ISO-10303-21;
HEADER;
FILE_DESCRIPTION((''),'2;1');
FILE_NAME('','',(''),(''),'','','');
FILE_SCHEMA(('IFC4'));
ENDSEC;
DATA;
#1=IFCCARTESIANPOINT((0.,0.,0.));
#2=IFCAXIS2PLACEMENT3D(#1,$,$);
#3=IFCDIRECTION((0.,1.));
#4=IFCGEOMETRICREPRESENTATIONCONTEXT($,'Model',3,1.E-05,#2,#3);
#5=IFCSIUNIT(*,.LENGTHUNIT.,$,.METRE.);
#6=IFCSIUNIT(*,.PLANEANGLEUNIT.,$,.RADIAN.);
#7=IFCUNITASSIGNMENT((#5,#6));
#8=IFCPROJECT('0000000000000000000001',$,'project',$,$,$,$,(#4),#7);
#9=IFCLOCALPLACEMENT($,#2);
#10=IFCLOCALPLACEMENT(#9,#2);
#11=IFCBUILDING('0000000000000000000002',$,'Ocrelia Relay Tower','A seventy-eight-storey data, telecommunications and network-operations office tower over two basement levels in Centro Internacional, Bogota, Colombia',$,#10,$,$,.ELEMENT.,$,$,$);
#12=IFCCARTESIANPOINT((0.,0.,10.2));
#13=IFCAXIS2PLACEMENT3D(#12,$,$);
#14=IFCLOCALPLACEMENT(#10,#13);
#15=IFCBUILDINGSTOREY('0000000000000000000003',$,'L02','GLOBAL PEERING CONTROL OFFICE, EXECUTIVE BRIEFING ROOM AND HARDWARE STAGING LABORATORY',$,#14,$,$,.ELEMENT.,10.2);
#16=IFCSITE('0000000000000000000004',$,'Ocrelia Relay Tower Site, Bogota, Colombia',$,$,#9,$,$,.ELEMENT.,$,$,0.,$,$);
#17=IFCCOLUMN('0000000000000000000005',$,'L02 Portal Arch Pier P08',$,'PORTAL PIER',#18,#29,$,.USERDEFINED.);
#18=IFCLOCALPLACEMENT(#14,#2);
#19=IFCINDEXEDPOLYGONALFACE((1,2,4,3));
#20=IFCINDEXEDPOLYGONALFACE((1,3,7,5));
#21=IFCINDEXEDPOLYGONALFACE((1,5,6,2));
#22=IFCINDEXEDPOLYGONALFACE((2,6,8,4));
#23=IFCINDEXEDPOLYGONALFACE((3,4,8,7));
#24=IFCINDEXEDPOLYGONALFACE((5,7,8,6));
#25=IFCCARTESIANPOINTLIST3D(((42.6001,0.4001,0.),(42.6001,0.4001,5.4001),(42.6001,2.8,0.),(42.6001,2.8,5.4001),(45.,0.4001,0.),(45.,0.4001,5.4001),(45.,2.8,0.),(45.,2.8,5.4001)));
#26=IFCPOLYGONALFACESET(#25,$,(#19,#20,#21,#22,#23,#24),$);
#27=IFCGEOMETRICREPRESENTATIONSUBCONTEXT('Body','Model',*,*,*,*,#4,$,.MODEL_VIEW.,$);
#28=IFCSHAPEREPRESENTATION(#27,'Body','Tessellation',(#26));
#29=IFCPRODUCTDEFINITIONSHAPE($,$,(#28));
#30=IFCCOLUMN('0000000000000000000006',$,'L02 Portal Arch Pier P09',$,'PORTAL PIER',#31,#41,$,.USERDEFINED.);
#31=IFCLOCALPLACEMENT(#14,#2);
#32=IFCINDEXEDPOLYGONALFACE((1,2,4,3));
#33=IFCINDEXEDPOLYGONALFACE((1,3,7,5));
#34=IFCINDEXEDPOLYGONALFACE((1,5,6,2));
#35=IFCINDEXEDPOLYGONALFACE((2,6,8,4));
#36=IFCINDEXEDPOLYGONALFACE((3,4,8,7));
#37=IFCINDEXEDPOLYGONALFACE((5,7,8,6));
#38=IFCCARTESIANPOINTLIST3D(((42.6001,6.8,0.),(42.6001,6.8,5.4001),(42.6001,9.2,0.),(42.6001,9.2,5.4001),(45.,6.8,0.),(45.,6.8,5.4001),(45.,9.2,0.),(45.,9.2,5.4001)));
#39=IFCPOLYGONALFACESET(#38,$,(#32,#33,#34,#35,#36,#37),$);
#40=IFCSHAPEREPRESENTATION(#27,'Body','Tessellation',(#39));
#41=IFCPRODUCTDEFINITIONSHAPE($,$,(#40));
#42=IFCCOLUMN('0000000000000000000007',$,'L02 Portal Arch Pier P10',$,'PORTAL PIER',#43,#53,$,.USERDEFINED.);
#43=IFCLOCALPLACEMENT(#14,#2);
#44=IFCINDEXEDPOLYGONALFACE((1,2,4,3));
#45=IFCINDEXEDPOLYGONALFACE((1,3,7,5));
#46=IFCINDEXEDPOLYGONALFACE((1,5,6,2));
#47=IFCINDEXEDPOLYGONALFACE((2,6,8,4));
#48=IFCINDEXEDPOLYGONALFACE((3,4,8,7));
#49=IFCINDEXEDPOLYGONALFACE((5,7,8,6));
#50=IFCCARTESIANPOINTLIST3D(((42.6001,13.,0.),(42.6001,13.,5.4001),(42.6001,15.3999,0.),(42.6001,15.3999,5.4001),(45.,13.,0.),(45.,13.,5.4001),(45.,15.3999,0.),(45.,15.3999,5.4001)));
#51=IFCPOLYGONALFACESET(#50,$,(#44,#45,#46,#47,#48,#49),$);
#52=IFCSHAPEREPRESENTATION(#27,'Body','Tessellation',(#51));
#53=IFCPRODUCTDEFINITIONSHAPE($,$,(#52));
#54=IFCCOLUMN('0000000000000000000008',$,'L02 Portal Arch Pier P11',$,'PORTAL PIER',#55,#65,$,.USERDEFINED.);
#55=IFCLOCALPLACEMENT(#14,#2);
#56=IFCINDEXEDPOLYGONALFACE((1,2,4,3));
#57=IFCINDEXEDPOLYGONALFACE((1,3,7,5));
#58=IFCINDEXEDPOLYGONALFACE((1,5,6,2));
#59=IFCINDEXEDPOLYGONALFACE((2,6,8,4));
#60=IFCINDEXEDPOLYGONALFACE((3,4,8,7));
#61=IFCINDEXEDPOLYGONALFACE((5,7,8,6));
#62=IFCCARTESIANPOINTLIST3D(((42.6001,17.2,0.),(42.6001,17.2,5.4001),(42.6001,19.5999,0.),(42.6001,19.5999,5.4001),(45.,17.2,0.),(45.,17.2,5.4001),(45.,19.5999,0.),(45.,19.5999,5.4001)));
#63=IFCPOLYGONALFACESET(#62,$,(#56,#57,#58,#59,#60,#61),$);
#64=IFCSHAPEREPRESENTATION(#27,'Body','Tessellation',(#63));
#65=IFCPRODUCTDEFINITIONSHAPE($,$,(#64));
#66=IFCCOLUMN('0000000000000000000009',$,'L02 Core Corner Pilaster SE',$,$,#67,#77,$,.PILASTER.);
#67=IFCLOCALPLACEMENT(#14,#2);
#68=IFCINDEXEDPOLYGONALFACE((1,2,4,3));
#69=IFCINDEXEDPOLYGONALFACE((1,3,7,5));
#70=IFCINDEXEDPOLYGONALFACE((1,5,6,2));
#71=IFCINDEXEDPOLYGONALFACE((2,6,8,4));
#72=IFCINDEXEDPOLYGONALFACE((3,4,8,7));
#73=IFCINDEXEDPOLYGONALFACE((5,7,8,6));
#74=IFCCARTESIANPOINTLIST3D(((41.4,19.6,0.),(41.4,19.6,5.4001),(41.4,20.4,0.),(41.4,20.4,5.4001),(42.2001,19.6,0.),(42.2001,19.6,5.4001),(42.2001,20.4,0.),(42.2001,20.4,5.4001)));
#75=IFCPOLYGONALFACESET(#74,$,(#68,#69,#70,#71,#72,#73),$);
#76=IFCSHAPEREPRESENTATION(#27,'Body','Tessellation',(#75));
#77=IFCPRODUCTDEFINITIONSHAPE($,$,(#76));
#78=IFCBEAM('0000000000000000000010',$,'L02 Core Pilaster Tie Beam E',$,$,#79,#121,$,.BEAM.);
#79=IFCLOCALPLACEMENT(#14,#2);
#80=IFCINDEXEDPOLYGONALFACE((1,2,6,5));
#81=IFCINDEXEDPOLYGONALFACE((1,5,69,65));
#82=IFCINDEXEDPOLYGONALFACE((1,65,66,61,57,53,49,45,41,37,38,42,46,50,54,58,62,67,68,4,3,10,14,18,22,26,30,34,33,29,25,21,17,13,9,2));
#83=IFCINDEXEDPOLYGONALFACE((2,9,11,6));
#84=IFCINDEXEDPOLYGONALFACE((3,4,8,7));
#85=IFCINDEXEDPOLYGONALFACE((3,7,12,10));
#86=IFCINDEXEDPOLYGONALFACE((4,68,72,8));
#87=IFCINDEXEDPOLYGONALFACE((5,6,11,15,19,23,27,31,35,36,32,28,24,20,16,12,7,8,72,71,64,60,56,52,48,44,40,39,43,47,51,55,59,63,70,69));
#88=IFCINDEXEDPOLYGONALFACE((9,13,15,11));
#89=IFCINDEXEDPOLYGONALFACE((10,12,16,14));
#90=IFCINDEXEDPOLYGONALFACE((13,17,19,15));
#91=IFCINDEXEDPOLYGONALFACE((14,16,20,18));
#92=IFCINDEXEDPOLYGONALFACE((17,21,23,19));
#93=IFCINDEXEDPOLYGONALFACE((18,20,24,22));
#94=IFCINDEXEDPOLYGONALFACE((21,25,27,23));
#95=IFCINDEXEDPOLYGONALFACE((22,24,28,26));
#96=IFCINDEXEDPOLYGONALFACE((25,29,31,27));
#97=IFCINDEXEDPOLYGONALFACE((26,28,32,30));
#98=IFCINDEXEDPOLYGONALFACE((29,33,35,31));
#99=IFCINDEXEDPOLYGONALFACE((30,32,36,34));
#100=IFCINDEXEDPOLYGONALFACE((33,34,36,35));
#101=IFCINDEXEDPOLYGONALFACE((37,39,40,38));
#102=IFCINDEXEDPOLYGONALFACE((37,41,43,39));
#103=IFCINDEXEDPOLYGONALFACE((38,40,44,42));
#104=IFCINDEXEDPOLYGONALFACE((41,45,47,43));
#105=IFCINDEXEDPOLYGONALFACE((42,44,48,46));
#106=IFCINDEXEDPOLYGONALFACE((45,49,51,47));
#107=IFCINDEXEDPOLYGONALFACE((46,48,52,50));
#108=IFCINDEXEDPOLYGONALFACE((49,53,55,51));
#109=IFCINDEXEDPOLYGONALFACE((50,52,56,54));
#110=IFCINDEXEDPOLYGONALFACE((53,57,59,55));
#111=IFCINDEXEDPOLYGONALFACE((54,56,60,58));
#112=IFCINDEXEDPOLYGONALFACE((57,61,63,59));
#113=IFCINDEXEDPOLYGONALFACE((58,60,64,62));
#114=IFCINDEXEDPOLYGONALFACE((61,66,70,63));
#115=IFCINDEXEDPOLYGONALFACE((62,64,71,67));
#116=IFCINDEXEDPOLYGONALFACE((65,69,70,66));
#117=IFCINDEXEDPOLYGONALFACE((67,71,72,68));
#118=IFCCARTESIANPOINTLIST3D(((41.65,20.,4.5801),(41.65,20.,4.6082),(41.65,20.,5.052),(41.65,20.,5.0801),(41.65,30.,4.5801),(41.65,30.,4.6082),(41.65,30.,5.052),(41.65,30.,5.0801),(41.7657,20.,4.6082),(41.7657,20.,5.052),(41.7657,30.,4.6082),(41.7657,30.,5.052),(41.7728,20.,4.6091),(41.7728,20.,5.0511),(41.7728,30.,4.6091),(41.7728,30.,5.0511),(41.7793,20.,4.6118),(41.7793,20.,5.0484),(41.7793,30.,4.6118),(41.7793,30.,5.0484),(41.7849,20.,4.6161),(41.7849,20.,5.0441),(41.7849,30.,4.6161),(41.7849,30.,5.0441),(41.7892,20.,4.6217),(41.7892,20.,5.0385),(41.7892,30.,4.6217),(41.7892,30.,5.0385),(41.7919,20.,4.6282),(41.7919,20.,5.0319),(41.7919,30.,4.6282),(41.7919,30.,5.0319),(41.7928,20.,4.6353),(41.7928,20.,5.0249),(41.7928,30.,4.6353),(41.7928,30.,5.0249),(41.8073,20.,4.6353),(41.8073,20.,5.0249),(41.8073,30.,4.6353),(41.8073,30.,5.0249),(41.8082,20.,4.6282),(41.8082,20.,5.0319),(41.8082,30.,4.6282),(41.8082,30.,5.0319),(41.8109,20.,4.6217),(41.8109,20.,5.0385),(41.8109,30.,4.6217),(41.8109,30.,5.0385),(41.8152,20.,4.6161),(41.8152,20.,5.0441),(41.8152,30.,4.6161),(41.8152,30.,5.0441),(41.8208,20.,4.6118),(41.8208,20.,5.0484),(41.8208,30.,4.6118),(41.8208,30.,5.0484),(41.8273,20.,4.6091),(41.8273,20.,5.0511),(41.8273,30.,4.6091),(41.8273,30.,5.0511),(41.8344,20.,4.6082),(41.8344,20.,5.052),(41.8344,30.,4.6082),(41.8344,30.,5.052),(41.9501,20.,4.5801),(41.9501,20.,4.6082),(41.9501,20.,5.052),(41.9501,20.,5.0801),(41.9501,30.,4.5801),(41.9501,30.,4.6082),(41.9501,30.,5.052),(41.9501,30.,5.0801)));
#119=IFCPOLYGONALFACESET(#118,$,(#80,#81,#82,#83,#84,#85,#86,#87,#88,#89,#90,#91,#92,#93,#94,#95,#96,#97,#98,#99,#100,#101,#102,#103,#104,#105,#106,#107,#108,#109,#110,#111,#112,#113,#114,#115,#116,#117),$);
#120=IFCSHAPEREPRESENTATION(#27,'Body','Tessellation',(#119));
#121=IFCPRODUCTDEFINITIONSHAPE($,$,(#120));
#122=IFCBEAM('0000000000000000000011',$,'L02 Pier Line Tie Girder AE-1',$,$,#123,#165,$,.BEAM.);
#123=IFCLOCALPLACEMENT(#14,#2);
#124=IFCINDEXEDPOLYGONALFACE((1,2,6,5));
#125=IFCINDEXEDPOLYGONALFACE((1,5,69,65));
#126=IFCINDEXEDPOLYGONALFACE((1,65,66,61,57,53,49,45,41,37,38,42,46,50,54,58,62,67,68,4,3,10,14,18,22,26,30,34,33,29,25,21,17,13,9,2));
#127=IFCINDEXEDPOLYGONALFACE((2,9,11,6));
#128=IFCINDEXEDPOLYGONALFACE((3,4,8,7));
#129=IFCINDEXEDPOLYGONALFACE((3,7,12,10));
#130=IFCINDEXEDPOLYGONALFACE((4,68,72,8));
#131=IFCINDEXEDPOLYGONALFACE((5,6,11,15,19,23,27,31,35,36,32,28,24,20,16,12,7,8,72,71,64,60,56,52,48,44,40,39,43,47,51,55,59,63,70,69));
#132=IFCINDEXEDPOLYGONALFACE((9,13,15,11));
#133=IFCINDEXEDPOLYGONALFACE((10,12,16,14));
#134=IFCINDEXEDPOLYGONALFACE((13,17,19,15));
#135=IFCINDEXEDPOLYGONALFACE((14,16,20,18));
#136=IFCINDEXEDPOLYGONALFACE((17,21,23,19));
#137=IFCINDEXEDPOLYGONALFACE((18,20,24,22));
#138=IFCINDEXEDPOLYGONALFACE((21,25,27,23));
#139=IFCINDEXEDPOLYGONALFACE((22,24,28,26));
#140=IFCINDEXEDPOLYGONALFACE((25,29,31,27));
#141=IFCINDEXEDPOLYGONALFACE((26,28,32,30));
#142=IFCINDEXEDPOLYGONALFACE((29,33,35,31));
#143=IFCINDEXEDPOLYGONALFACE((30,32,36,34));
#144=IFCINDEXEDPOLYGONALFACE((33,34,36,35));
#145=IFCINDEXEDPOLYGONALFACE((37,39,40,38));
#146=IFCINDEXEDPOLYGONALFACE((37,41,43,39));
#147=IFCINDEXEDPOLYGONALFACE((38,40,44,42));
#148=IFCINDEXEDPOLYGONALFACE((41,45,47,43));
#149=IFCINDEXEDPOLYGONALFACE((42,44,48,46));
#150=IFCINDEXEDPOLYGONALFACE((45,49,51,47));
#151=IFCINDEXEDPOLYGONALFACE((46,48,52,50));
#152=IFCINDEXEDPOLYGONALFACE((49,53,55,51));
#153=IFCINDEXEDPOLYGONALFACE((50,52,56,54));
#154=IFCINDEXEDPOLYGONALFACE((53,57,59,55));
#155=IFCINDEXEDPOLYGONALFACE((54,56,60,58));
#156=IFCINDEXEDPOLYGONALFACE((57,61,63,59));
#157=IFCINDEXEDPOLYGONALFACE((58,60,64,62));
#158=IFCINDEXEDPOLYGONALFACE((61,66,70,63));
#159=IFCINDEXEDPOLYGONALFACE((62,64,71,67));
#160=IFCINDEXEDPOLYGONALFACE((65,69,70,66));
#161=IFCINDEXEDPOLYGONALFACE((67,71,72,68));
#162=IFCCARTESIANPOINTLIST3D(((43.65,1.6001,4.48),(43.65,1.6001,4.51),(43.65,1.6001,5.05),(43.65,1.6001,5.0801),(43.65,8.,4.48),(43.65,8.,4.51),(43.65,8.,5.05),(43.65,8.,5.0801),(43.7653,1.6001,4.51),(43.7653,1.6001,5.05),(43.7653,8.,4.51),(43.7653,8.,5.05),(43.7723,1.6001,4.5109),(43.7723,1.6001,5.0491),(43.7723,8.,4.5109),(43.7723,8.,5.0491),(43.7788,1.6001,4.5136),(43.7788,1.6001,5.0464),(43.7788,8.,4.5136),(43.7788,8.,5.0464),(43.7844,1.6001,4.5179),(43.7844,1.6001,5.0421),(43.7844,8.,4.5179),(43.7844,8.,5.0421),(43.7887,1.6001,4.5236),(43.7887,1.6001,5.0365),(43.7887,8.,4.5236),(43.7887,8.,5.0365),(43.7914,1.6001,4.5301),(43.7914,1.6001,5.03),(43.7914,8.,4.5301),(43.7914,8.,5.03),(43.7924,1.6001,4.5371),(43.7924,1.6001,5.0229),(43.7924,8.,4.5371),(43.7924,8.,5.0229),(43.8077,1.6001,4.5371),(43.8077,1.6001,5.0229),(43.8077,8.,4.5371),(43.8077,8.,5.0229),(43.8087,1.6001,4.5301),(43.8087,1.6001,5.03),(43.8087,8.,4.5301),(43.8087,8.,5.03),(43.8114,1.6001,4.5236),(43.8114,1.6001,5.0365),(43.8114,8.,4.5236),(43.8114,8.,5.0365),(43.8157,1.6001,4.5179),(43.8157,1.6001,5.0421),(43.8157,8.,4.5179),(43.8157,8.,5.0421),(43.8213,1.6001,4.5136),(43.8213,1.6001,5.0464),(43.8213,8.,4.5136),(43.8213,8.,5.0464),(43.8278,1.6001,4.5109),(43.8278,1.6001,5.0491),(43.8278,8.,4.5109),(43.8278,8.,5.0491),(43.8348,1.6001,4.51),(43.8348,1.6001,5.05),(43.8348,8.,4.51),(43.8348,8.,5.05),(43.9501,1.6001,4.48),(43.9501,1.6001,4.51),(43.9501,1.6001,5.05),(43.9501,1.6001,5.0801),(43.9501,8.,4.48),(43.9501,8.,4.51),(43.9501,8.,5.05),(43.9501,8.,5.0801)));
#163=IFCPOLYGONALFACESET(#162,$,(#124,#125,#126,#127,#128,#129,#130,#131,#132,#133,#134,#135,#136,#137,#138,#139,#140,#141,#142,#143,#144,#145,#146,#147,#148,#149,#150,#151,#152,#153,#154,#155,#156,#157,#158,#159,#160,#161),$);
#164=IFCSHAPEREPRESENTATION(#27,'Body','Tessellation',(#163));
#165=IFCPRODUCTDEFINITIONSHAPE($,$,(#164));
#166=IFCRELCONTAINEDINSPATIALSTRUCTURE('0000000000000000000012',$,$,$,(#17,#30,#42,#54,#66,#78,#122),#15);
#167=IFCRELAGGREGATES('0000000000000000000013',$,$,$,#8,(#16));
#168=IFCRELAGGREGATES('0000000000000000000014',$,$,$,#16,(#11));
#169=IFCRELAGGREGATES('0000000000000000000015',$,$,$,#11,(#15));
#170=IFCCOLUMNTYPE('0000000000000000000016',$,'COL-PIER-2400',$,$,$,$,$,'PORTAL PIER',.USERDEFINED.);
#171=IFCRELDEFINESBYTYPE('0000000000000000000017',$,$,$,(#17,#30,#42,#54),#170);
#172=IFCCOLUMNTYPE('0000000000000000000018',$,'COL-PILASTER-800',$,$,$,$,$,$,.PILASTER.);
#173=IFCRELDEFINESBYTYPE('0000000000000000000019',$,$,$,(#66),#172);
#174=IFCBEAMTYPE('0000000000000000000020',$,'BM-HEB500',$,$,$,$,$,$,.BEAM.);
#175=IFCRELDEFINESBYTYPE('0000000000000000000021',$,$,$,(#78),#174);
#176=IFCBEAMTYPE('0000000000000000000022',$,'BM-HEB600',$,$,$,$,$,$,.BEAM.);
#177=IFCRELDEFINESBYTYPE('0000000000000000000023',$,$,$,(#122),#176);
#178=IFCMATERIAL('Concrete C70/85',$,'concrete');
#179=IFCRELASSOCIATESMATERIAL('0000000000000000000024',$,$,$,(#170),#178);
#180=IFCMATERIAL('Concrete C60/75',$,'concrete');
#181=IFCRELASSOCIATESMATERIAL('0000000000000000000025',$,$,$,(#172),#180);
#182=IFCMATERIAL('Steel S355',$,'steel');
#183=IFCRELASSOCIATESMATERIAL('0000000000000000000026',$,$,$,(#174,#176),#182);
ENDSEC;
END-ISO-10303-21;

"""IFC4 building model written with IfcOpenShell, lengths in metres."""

from ifc_helpers import new_model, si_unit, direction, frame, origin, origin_2d, place, context, subcontext, project, spatial, rectangle, i_section, extrude, material, material_profile, profile_set, type_object, element, save


model = new_model("IFC4")

# Units and contexts
model_context = context("Model", 3, precision=1e-05, world=origin(), true_north=direction((0.0, 1.0)))
body_context = subcontext(model_context, "Body", "Model", "MODEL_VIEW")
ifc_project = project(units=[si_unit("LENGTHUNIT", "METRE"), si_unit("PLANEANGLEUNIT", "RADIAN")], contexts=[model_context])

# Site, building, storey
site_placement = place(None, origin())
site = spatial("IfcSite", under=ifc_project, at=site_placement, Name="Ocrelia Relay Tower Site, Bogota, Colombia", CompositionType="ELEMENT", RefElevation=0.0)
building_placement = place(site_placement, origin())
building = spatial("IfcBuilding", under=site, at=building_placement, Name="Ocrelia Relay Tower", Description="A seventy-eight-storey data, telecommunications and network-operations office tower over two basement levels in Centro Internacional, Bogota, Colombia", CompositionType="ELEMENT")
storey_placement = place(building_placement, frame((0.0, 0.0, 10.2)))
storey = spatial("IfcBuildingStorey", under=building, at=storey_placement, Name="L02", Description="GLOBAL PEERING CONTROL OFFICE, EXECUTIVE BRIEFING ROOM AND HARDWARE STAGING LABORATORY", CompositionType="ELEMENT", Elevation=10.2)

# Columns
ifc_material_1 = material(Name="Concrete C70/85", Category="concrete")
ifc_material_profile_1 = material_profile(ifc_material_1, rectangle(XDim=2.3999, YDim=2.3999, at=origin_2d()), Name="RC-PIER-2400x2400")
ifc_profile_set_1 = profile_set([ifc_material_profile_1], Name="Concrete C70/85")
column_type_1 = type_object("IfcColumnType", Name="COL-PIER-2400", ElementType="PORTAL PIER", PredefinedType="USERDEFINED", material=ifc_profile_set_1)
for number, where, z_axis, x_axis, name in (
    (1, (43.8, 1.6001, 0.0), (0.0, 0.0, 1.0), (1.0, 0.0, 0.0), "L02 Portal Arch Pier P08"),
    (2, (43.8, 8.0, 0.0), (0.0, 0.0, 1.0), (1.0, 0.0, 0.0), "L02 Portal Arch Pier P09"),
    (3, (43.8, 14.2, 0.0), (0.0, 0.0, 1.0), (1.0, 0.0, 0.0), "L02 Portal Arch Pier P10"),
    (4, (43.8, 18.3999, 0.0), (0.0, 0.0, 1.0), (1.0, 0.0, 0.0), "L02 Portal Arch Pier P11"),
):
    element("IfcColumn", number, at=place(storey_placement, frame(where, z_axis=z_axis, x_axis=x_axis)), inside=storey, type_object=column_type_1, Name=name, ObjectType="PORTAL PIER", PredefinedType="USERDEFINED", context=body_context, shape_type="SweptSolid", body=[
        extrude(rectangle(XDim=2.3999, YDim=2.3999, at=origin_2d()), origin(), (0.0, 0.0, 1.0), 5.4001),
    ])
ifc_material_2 = material(Name="Concrete C60/75", Category="concrete")
ifc_material_profile_2 = material_profile(ifc_material_2, rectangle(XDim=0.8, YDim=0.8, at=origin_2d()), Name="RC-COL-800x800")
ifc_profile_set_2 = profile_set([ifc_material_profile_2], Name="Concrete C60/75")
column_type_2 = type_object("IfcColumnType", Name="COL-PILASTER-800", PredefinedType="PILASTER", material=ifc_profile_set_2)
column_placement = place(storey_placement, frame((41.8, 20.0, 0.0), z_axis=(0.0, 0.0, 1.0), x_axis=(1.0, 0.0, 0.0)))
element("IfcColumn", 5, at=column_placement, inside=storey, type_object=column_type_2, Name="L02 Core Corner Pilaster SE", PredefinedType="PILASTER", context=body_context, shape_type="SweptSolid", body=[
    extrude(rectangle(XDim=0.8, YDim=0.8, at=origin_2d()), origin(), (0.0, 0.0, 1.0), 5.4001),
])

# Beams
ifc_material_3 = material(Name="Steel S355", Category="steel")
ifc_material_profile_3 = material_profile(ifc_material_3, i_section(OverallWidth=0.3, OverallDepth=0.5, WebThickness=0.0144, FlangeThickness=0.0281, FilletRadius=0.0271, at=origin_2d()), Name="HEB 500")
ifc_profile_set_3 = profile_set([ifc_material_profile_3], Name="Steel S355")
beam_type_1 = type_object("IfcBeamType", Name="BM-HEB500", PredefinedType="BEAM", material=ifc_profile_set_3)
beam_1_placement = place(storey_placement, frame((41.8, 20.0, 4.8301), z_axis=(0.0, 1.0, 0.0), x_axis=(-1.0, 0.0, 0.0)))
element("IfcBeam", 6, at=beam_1_placement, inside=storey, type_object=beam_type_1, Name="L02 Core Pilaster Tie Beam E", PredefinedType="BEAM", context=body_context, shape_type="SweptSolid", body=[
    extrude(i_section(OverallWidth=0.3, OverallDepth=0.5, WebThickness=0.0144, FlangeThickness=0.0281, FilletRadius=0.0271, at=origin_2d()), origin(), (0.0, 0.0, 1.0), 10.0),
])
ifc_material_profile_4 = material_profile(ifc_material_3, i_section(OverallWidth=0.3, OverallDepth=0.6001, WebThickness=0.0154, FlangeThickness=0.03, FilletRadius=0.0271, at=origin_2d()), Name="HEB 600")
ifc_profile_set_4 = profile_set([ifc_material_profile_4], Name="Steel S355")
beam_type_2 = type_object("IfcBeamType", Name="BM-HEB600", PredefinedType="BEAM", material=ifc_profile_set_4)
beam_2_placement = place(storey_placement, frame((43.8, 1.6001, 4.78), z_axis=(0.0, 1.0, 0.0), x_axis=(-1.0, 0.0, 0.0)))
element("IfcBeam", 7, at=beam_2_placement, inside=storey, type_object=beam_type_2, Name="L02 Pier Line Tie Girder AE-1", PredefinedType="BEAM", context=body_context, shape_type="SweptSolid", body=[
    extrude(i_section(OverallWidth=0.3, OverallDepth=0.6001, WebThickness=0.0154, FlangeThickness=0.03, FilletRadius=0.0271, at=origin_2d()), origin(), (0.0, 0.0, 1.0), 6.3999),
])

save(model, "model.ifc")
